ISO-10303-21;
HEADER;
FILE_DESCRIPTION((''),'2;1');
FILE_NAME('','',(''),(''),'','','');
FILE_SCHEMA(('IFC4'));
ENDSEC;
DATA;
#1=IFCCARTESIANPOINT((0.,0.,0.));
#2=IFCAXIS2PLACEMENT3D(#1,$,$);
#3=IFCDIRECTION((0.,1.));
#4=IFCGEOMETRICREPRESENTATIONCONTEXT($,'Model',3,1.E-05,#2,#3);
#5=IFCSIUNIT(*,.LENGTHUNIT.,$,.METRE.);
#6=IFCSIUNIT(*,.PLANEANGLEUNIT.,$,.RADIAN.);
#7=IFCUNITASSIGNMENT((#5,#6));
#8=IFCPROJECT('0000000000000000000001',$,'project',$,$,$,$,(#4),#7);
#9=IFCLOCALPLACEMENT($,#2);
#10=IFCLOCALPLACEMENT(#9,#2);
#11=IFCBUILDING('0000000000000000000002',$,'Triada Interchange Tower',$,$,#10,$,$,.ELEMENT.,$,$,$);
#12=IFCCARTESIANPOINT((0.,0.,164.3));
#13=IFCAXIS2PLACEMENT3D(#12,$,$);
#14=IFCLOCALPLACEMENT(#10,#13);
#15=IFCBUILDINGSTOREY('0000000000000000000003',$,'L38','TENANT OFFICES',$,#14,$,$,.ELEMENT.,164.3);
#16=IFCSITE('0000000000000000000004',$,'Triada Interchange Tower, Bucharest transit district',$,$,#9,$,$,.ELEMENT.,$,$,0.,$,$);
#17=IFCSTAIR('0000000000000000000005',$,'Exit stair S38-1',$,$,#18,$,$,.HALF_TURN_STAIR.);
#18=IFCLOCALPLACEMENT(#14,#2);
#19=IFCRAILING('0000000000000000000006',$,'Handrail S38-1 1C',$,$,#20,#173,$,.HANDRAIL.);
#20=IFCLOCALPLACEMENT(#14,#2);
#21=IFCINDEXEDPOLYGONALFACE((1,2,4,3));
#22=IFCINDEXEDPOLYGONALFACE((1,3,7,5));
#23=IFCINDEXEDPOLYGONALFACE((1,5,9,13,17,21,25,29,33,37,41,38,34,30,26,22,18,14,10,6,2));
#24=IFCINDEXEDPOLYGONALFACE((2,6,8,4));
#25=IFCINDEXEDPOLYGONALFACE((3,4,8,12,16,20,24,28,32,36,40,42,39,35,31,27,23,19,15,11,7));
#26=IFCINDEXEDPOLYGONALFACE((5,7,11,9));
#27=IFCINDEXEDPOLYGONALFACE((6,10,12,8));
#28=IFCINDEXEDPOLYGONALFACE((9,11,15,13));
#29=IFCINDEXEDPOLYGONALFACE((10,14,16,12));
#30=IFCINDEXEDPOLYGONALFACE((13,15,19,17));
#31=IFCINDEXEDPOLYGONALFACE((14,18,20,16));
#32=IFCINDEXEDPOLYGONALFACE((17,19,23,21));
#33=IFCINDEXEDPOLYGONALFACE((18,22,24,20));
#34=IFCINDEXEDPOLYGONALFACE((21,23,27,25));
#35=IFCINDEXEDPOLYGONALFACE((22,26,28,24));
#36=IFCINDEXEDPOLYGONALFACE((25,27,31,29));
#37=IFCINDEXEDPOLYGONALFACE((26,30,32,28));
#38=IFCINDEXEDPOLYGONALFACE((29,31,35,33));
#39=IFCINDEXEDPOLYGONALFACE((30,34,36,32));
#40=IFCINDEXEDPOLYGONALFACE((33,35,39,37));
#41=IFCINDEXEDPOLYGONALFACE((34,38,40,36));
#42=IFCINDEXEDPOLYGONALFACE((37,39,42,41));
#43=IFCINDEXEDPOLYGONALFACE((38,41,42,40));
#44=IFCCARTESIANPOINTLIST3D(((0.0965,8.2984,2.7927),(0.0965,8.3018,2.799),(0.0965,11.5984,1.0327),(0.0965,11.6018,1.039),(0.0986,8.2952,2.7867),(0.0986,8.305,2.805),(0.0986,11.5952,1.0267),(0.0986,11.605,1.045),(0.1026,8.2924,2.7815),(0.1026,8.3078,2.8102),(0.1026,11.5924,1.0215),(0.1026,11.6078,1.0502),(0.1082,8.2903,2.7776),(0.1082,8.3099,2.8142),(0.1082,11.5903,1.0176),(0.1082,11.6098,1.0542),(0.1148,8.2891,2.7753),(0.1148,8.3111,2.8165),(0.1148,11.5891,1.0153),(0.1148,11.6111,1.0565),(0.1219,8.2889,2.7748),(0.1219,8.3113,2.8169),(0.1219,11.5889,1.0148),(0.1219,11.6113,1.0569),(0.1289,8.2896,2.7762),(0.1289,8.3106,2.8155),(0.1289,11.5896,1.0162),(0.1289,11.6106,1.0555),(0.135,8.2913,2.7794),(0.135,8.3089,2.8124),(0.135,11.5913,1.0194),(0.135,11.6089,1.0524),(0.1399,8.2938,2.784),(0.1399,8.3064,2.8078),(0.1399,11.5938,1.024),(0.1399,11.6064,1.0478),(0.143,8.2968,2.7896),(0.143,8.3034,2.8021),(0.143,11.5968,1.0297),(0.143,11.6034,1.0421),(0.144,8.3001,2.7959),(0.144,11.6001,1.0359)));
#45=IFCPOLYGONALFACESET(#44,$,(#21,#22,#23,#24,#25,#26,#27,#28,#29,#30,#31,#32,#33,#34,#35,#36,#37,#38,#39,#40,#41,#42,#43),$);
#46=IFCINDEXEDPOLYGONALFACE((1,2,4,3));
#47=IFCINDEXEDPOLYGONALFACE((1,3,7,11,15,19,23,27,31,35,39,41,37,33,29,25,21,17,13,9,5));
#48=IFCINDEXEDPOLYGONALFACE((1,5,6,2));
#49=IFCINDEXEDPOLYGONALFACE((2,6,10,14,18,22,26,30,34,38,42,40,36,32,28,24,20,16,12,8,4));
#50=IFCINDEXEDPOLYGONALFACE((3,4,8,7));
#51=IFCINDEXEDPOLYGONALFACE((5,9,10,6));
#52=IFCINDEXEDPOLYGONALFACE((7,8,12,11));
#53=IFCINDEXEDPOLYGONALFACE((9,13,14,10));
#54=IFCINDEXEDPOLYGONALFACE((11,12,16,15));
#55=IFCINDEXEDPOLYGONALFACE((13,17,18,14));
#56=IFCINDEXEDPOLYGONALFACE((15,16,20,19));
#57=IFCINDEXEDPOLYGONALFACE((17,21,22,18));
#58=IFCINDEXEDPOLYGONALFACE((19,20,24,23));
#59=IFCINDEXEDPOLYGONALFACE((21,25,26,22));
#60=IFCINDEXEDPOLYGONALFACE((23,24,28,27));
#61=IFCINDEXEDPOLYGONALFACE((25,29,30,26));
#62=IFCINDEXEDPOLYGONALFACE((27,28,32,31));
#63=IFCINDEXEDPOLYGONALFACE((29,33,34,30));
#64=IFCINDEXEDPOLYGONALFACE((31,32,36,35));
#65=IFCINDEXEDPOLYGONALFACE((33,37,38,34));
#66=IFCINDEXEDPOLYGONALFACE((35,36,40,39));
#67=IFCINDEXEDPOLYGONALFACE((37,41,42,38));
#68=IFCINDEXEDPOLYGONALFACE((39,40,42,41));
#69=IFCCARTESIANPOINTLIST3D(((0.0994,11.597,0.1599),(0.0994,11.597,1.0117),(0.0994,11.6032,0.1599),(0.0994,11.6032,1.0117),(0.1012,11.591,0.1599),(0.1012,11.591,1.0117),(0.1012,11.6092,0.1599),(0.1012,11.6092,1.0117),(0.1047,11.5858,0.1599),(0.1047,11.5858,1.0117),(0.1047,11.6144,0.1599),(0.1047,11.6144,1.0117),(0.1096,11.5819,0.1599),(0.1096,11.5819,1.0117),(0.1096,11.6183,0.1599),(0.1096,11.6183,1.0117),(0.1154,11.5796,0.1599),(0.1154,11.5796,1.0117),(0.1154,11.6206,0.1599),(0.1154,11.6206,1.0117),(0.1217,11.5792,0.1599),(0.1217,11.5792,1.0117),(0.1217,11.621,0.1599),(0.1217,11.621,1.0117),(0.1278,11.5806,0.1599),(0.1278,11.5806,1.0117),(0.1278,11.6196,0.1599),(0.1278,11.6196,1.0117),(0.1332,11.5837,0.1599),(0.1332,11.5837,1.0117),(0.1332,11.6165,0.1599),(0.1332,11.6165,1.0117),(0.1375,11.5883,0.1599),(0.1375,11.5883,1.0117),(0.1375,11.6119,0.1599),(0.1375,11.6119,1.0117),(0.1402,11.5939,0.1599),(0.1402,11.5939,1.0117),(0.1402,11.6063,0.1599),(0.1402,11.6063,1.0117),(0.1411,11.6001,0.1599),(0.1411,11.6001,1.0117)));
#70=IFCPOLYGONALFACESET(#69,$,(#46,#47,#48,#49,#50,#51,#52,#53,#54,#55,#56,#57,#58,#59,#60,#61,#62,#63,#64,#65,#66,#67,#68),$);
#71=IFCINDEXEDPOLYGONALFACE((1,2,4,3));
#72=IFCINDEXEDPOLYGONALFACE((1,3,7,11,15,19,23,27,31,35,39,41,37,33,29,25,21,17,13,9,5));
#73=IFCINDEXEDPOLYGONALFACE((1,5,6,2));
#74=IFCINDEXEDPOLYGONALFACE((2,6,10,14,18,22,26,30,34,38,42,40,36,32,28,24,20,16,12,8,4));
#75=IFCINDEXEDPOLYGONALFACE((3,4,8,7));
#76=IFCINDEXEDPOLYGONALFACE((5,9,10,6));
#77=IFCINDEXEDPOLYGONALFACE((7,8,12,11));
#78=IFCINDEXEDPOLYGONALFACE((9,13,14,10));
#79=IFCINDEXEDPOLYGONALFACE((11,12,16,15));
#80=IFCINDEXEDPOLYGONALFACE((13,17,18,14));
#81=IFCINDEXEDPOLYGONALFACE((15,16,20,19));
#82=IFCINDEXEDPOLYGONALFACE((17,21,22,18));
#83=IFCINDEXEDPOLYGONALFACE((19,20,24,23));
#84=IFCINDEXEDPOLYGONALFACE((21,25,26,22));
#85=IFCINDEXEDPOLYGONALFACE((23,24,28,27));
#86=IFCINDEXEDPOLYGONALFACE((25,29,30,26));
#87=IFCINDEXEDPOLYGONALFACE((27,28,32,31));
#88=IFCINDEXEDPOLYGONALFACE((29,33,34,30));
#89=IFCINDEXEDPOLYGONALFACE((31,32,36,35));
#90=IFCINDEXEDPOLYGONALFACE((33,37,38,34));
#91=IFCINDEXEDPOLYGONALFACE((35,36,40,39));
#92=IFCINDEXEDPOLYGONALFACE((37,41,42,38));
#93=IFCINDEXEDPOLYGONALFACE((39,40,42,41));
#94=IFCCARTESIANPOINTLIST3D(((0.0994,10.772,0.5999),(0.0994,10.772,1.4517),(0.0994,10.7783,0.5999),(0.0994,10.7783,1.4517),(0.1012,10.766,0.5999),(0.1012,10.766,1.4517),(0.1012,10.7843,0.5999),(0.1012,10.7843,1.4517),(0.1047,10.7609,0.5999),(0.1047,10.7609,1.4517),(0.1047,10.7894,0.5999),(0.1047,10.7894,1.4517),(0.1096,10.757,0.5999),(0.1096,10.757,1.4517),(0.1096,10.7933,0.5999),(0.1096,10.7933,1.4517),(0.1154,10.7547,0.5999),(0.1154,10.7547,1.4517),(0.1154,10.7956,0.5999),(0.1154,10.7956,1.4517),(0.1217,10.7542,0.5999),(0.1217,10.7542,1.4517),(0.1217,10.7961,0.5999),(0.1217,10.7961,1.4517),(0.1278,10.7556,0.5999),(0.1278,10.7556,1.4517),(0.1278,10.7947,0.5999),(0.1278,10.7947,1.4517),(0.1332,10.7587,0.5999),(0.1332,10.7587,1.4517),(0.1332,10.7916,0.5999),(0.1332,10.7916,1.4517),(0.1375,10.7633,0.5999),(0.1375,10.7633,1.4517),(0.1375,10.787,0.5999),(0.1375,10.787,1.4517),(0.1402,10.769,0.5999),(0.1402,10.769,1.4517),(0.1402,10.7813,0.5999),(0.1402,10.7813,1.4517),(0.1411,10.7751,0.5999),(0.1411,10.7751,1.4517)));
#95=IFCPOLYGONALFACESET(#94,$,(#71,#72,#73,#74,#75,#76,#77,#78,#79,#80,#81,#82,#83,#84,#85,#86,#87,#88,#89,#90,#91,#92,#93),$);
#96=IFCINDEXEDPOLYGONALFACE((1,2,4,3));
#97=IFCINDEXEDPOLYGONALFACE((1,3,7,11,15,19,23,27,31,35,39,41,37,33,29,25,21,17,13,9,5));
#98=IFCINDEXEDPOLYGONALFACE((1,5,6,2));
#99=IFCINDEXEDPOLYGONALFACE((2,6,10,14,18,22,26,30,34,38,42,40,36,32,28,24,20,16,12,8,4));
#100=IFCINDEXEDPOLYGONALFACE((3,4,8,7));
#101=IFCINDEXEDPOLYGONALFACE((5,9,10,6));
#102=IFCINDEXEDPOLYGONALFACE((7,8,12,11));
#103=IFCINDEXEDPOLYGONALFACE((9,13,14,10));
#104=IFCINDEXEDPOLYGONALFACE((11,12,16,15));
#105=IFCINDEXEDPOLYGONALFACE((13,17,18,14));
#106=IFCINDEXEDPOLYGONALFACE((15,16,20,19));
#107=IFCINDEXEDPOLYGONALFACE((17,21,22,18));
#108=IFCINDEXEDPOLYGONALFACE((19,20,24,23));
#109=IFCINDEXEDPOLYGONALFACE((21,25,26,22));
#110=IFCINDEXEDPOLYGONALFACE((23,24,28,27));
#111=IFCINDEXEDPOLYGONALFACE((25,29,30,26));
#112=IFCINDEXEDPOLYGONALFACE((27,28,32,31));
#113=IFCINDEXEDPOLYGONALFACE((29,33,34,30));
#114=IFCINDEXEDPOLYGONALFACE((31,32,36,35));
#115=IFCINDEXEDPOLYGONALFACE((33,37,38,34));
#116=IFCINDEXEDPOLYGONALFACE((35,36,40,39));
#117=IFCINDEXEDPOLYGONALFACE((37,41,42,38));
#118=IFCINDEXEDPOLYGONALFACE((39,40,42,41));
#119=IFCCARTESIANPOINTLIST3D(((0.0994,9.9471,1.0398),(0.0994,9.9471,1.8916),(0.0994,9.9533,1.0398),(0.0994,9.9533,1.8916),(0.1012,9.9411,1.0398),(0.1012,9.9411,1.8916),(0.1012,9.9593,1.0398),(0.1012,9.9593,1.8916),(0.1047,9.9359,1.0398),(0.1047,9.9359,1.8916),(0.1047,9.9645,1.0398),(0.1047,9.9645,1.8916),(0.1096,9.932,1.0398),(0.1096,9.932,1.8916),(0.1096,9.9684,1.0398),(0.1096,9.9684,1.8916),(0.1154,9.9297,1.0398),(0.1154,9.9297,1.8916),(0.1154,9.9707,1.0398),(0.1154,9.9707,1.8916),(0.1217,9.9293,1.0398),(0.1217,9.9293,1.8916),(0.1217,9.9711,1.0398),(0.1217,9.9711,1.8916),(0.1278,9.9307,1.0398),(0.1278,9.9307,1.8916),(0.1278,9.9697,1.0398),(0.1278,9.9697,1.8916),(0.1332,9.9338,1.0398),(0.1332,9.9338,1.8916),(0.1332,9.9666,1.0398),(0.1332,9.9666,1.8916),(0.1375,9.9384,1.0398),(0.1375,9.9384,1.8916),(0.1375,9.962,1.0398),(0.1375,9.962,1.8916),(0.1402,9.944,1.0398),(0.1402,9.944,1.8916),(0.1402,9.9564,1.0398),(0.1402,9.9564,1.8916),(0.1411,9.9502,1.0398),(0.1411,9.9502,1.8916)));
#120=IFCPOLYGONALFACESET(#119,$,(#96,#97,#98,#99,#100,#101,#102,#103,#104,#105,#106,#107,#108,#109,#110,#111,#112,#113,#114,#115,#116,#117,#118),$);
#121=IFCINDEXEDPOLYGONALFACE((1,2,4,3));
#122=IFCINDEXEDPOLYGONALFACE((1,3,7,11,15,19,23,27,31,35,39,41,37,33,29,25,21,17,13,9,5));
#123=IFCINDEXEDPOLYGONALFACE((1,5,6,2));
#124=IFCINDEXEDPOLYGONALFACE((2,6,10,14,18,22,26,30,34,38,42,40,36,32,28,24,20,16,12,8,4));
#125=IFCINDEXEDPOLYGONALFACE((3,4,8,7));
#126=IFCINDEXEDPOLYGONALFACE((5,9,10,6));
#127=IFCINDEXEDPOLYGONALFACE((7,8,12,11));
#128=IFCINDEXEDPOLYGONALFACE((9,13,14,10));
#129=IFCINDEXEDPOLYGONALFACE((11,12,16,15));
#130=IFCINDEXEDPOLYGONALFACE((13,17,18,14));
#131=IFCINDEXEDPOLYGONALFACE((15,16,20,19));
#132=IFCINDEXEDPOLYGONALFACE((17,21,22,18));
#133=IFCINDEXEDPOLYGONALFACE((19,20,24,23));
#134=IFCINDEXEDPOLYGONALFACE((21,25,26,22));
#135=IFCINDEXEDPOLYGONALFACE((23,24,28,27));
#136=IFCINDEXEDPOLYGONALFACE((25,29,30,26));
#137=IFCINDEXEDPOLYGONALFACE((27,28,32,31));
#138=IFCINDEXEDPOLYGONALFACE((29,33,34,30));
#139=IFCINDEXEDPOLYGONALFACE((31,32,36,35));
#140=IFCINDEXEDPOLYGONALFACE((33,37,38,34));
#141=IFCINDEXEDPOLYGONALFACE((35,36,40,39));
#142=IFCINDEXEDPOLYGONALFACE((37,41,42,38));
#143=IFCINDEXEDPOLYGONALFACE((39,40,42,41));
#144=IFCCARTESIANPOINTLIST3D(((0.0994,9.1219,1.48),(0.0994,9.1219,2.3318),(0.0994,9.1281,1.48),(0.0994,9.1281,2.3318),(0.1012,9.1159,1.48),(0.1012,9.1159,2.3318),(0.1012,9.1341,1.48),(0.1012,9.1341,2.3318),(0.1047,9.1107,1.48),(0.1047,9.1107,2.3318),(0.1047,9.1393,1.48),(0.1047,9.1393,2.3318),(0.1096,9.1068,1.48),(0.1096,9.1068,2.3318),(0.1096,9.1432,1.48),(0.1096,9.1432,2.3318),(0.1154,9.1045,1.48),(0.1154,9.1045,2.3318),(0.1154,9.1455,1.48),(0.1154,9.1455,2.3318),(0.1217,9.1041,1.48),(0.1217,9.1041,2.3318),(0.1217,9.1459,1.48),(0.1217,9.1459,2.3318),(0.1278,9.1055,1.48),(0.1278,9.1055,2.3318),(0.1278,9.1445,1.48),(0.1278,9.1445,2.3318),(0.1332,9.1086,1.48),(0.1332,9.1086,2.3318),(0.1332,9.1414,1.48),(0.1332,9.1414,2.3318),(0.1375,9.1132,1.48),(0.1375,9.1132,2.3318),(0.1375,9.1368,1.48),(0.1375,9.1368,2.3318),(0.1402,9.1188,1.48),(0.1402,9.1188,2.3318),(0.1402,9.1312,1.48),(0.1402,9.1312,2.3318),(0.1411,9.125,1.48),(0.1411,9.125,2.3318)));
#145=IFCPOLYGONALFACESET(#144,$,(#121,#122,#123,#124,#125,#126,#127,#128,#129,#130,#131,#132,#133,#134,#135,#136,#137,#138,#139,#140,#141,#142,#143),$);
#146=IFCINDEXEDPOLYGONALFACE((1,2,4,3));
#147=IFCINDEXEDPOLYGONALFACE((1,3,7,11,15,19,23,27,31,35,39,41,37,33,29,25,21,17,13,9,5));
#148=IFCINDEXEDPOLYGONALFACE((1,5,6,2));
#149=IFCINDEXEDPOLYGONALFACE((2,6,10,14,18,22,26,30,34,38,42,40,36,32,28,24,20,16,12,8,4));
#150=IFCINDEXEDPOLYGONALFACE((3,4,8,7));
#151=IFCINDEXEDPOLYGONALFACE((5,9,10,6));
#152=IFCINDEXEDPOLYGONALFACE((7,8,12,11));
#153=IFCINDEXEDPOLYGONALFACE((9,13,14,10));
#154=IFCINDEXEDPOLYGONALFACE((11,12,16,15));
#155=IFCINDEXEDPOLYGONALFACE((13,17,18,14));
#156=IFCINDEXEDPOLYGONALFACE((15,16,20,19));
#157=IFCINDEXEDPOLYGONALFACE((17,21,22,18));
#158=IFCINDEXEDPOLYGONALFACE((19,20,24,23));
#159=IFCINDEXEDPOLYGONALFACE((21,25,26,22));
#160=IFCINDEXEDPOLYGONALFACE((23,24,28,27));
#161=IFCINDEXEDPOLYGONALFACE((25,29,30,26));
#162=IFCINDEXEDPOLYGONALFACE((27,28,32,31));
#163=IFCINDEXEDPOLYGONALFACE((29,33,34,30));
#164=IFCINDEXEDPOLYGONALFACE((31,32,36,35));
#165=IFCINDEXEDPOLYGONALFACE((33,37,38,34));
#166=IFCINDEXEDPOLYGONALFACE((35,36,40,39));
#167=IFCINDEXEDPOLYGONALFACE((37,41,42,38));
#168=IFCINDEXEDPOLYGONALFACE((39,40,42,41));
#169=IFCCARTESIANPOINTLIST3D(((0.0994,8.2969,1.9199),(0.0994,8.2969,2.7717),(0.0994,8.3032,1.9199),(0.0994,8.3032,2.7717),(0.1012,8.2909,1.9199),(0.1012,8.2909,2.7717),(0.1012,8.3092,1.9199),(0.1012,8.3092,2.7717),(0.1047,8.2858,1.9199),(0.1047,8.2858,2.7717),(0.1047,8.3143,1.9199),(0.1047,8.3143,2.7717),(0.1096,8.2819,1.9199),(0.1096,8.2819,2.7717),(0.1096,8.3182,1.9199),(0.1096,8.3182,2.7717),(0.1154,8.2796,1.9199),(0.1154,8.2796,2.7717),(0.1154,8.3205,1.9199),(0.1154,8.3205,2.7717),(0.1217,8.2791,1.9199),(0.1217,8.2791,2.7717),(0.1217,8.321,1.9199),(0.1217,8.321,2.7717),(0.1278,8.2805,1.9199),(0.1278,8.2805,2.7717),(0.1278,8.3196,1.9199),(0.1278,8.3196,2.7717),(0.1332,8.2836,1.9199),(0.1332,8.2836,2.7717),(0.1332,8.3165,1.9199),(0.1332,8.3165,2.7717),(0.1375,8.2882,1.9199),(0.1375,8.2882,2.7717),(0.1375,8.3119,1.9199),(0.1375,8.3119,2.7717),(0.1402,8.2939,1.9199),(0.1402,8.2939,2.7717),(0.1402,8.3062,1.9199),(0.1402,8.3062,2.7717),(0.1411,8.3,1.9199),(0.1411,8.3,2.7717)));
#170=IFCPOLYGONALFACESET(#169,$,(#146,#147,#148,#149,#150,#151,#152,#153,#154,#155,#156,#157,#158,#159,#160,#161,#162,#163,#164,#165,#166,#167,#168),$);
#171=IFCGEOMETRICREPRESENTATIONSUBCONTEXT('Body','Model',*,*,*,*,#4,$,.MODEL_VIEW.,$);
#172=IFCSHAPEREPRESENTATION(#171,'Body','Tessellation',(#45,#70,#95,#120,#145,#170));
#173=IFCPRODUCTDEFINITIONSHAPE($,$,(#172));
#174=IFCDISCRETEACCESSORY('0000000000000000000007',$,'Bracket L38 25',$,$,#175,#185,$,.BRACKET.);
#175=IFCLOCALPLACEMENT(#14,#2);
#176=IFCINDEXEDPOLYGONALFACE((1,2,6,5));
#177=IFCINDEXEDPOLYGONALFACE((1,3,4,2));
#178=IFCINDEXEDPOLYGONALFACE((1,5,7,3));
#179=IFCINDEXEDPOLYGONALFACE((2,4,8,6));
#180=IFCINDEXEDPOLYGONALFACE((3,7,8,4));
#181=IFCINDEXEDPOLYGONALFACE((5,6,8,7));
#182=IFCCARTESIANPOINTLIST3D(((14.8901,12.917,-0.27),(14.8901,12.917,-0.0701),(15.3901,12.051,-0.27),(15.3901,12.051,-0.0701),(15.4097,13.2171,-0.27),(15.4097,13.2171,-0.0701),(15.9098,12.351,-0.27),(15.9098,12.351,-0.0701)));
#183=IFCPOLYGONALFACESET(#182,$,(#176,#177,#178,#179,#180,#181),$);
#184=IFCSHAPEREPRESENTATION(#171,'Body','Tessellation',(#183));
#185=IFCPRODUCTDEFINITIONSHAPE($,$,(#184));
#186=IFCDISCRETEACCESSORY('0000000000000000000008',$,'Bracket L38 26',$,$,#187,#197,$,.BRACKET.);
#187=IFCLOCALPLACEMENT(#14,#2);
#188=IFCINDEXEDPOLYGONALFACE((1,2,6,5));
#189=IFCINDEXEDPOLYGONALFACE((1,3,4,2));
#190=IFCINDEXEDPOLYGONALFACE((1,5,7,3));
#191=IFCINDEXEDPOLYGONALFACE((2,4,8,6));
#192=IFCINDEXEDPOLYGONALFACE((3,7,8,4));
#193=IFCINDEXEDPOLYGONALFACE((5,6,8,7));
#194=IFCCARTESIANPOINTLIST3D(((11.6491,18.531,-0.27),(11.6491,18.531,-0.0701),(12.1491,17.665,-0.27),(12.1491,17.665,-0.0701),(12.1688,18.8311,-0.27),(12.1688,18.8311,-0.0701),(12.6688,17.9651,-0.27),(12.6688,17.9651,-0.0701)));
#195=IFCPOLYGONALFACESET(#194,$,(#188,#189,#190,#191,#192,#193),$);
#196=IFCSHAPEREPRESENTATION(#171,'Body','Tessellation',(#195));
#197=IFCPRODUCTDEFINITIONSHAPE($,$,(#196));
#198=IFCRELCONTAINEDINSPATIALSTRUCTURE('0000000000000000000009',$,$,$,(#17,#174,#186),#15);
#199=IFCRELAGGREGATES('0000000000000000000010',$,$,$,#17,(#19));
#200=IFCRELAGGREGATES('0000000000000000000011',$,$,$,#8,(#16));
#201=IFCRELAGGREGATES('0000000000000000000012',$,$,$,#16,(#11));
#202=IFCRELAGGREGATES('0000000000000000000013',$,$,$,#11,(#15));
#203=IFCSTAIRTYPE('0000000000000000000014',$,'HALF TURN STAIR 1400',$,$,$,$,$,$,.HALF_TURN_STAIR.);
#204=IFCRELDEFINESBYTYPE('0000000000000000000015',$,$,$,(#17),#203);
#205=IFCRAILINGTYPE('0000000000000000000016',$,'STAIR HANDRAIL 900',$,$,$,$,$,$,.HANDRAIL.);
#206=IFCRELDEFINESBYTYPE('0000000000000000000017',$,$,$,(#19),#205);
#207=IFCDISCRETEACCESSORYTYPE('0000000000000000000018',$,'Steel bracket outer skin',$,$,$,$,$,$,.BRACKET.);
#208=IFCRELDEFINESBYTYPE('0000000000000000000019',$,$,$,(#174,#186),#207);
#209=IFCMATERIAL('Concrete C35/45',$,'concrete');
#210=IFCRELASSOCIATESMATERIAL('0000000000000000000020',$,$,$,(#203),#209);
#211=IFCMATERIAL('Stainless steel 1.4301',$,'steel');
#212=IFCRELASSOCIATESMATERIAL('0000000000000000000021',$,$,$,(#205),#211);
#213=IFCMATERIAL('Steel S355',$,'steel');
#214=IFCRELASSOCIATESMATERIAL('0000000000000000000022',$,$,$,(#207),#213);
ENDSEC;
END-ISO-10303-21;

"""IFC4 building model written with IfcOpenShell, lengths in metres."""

from ifc_helpers import new_model, si_unit, direction, frame, origin, origin_2d, place, context, subcontext, project, spatial, rectangle, circle, extrude, material, type_object, element, aggregate, save


model = new_model("IFC4")

# Units and contexts
model_context = context("Model", 3, precision=1e-05, world=origin(), true_north=direction((0.0, 1.0)))
body_context = subcontext(model_context, "Body", "Model", "MODEL_VIEW")
ifc_project = project(units=[si_unit("LENGTHUNIT", "METRE"), si_unit("PLANEANGLEUNIT", "RADIAN")], contexts=[model_context])

# Site, building, storey
site_placement = place(None, origin())
site = spatial("IfcSite", under=ifc_project, at=site_placement, Name="Triada Interchange Tower, Bucharest transit district", CompositionType="ELEMENT", RefElevation=0.0)
building_placement = place(site_placement, origin())
building = spatial("IfcBuilding", under=site, at=building_placement, Name="Triada Interchange Tower", CompositionType="ELEMENT")
storey_placement = place(building_placement, frame((0.0, 0.0, 164.3)))
storey = spatial("IfcBuildingStorey", under=building, at=storey_placement, Name="L38", Description="TENANT OFFICES", CompositionType="ELEMENT", Elevation=164.3)

# Stair
ifc_material_1 = material(Name="Concrete C35/45", Category="concrete")
stair_type = type_object("IfcStairType", Name="HALF TURN STAIR 1400", PredefinedType="HALF_TURN_STAIR", material=ifc_material_1)
stair_placement = place(storey_placement, origin())
stair = element("IfcStair", 1, at=stair_placement, inside=storey, type_object=stair_type, Name="Exit stair S38-1", PredefinedType="HALF_TURN_STAIR")

# Railing
ifc_material_2 = material(Name="Stainless steel 1.4301", Category="steel")
railing_type = type_object("IfcRailingType", Name="STAIR HANDRAIL 900", PredefinedType="HANDRAIL", material=ifc_material_2)
railing_1_placement = place(storey_placement, frame((0.1201, 11.6001, 0.1599)))
railing_1 = element("IfcRailing", 2, at=railing_1_placement, type_object=railing_type, Name="Handrail S38-1 1C", PredefinedType="HANDRAIL", context=body_context, shape_type="SweptSolid", body=[
    extrude(circle(Radius=0.0239, at=origin_2d()), frame((0.0, 0.0, 0.876), z_axis=(0.0, -0.882355, 0.470585), x_axis=(1.0, 0.0, 0.0)), (0.0, 0.0, 1.0), 3.74),
    extrude(circle(Radius=0.021, at=origin_2d()), origin(), (0.0, 0.0, 1.0), 0.8518),
    extrude(circle(Radius=0.021, at=origin_2d()), frame((0.0, -0.825, 0.4399)), (0.0, 0.0, 1.0), 0.8518),
    extrude(circle(Radius=0.021, at=origin_2d()), frame((0.0, -1.6499, 0.8799)), (0.0, 0.0, 1.0), 0.8518),
    extrude(circle(Radius=0.021, at=origin_2d()), frame((0.0, -2.4751, 1.3201)), (0.0, 0.0, 1.0), 0.8518),
    extrude(circle(Radius=0.021, at=origin_2d()), frame((0.0, -3.3, 1.76)), (0.0, 0.0, 1.0), 0.8518),
])
aggregate(stair, [railing_1])

# Discrete accessories
ifc_material_3 = material(Name="Steel S355", Category="steel")
discrete_accessory_type = type_object("IfcDiscreteAccessoryType", Name="Steel bracket outer skin", PredefinedType="BRACKET", material=ifc_material_3)
for number, where, z_axis, x_axis, name in (
    (3, (15.3999, 12.634, -0.27), (0.0, 0.0, 1.0), (0.866023, 0.500005, 0.0), "Bracket L38 25"),
    (4, (12.1589, 18.248, -0.27), (0.0, 0.0, 1.0), (0.866023, 0.500005, 0.0), "Bracket L38 26"),
):
    element("IfcDiscreteAccessory", number, at=place(storey_placement, frame(where, z_axis=z_axis, x_axis=x_axis)), inside=storey, type_object=discrete_accessory_type, Name=name, PredefinedType="BRACKET", context=body_context, shape_type="SweptSolid", body=[
        extrude(rectangle(XDim=0.6001, YDim=1.0, at=origin_2d()), origin(), (0.0, 0.0, 1.0), 0.2),
    ])

save(model, "model.ifc")
